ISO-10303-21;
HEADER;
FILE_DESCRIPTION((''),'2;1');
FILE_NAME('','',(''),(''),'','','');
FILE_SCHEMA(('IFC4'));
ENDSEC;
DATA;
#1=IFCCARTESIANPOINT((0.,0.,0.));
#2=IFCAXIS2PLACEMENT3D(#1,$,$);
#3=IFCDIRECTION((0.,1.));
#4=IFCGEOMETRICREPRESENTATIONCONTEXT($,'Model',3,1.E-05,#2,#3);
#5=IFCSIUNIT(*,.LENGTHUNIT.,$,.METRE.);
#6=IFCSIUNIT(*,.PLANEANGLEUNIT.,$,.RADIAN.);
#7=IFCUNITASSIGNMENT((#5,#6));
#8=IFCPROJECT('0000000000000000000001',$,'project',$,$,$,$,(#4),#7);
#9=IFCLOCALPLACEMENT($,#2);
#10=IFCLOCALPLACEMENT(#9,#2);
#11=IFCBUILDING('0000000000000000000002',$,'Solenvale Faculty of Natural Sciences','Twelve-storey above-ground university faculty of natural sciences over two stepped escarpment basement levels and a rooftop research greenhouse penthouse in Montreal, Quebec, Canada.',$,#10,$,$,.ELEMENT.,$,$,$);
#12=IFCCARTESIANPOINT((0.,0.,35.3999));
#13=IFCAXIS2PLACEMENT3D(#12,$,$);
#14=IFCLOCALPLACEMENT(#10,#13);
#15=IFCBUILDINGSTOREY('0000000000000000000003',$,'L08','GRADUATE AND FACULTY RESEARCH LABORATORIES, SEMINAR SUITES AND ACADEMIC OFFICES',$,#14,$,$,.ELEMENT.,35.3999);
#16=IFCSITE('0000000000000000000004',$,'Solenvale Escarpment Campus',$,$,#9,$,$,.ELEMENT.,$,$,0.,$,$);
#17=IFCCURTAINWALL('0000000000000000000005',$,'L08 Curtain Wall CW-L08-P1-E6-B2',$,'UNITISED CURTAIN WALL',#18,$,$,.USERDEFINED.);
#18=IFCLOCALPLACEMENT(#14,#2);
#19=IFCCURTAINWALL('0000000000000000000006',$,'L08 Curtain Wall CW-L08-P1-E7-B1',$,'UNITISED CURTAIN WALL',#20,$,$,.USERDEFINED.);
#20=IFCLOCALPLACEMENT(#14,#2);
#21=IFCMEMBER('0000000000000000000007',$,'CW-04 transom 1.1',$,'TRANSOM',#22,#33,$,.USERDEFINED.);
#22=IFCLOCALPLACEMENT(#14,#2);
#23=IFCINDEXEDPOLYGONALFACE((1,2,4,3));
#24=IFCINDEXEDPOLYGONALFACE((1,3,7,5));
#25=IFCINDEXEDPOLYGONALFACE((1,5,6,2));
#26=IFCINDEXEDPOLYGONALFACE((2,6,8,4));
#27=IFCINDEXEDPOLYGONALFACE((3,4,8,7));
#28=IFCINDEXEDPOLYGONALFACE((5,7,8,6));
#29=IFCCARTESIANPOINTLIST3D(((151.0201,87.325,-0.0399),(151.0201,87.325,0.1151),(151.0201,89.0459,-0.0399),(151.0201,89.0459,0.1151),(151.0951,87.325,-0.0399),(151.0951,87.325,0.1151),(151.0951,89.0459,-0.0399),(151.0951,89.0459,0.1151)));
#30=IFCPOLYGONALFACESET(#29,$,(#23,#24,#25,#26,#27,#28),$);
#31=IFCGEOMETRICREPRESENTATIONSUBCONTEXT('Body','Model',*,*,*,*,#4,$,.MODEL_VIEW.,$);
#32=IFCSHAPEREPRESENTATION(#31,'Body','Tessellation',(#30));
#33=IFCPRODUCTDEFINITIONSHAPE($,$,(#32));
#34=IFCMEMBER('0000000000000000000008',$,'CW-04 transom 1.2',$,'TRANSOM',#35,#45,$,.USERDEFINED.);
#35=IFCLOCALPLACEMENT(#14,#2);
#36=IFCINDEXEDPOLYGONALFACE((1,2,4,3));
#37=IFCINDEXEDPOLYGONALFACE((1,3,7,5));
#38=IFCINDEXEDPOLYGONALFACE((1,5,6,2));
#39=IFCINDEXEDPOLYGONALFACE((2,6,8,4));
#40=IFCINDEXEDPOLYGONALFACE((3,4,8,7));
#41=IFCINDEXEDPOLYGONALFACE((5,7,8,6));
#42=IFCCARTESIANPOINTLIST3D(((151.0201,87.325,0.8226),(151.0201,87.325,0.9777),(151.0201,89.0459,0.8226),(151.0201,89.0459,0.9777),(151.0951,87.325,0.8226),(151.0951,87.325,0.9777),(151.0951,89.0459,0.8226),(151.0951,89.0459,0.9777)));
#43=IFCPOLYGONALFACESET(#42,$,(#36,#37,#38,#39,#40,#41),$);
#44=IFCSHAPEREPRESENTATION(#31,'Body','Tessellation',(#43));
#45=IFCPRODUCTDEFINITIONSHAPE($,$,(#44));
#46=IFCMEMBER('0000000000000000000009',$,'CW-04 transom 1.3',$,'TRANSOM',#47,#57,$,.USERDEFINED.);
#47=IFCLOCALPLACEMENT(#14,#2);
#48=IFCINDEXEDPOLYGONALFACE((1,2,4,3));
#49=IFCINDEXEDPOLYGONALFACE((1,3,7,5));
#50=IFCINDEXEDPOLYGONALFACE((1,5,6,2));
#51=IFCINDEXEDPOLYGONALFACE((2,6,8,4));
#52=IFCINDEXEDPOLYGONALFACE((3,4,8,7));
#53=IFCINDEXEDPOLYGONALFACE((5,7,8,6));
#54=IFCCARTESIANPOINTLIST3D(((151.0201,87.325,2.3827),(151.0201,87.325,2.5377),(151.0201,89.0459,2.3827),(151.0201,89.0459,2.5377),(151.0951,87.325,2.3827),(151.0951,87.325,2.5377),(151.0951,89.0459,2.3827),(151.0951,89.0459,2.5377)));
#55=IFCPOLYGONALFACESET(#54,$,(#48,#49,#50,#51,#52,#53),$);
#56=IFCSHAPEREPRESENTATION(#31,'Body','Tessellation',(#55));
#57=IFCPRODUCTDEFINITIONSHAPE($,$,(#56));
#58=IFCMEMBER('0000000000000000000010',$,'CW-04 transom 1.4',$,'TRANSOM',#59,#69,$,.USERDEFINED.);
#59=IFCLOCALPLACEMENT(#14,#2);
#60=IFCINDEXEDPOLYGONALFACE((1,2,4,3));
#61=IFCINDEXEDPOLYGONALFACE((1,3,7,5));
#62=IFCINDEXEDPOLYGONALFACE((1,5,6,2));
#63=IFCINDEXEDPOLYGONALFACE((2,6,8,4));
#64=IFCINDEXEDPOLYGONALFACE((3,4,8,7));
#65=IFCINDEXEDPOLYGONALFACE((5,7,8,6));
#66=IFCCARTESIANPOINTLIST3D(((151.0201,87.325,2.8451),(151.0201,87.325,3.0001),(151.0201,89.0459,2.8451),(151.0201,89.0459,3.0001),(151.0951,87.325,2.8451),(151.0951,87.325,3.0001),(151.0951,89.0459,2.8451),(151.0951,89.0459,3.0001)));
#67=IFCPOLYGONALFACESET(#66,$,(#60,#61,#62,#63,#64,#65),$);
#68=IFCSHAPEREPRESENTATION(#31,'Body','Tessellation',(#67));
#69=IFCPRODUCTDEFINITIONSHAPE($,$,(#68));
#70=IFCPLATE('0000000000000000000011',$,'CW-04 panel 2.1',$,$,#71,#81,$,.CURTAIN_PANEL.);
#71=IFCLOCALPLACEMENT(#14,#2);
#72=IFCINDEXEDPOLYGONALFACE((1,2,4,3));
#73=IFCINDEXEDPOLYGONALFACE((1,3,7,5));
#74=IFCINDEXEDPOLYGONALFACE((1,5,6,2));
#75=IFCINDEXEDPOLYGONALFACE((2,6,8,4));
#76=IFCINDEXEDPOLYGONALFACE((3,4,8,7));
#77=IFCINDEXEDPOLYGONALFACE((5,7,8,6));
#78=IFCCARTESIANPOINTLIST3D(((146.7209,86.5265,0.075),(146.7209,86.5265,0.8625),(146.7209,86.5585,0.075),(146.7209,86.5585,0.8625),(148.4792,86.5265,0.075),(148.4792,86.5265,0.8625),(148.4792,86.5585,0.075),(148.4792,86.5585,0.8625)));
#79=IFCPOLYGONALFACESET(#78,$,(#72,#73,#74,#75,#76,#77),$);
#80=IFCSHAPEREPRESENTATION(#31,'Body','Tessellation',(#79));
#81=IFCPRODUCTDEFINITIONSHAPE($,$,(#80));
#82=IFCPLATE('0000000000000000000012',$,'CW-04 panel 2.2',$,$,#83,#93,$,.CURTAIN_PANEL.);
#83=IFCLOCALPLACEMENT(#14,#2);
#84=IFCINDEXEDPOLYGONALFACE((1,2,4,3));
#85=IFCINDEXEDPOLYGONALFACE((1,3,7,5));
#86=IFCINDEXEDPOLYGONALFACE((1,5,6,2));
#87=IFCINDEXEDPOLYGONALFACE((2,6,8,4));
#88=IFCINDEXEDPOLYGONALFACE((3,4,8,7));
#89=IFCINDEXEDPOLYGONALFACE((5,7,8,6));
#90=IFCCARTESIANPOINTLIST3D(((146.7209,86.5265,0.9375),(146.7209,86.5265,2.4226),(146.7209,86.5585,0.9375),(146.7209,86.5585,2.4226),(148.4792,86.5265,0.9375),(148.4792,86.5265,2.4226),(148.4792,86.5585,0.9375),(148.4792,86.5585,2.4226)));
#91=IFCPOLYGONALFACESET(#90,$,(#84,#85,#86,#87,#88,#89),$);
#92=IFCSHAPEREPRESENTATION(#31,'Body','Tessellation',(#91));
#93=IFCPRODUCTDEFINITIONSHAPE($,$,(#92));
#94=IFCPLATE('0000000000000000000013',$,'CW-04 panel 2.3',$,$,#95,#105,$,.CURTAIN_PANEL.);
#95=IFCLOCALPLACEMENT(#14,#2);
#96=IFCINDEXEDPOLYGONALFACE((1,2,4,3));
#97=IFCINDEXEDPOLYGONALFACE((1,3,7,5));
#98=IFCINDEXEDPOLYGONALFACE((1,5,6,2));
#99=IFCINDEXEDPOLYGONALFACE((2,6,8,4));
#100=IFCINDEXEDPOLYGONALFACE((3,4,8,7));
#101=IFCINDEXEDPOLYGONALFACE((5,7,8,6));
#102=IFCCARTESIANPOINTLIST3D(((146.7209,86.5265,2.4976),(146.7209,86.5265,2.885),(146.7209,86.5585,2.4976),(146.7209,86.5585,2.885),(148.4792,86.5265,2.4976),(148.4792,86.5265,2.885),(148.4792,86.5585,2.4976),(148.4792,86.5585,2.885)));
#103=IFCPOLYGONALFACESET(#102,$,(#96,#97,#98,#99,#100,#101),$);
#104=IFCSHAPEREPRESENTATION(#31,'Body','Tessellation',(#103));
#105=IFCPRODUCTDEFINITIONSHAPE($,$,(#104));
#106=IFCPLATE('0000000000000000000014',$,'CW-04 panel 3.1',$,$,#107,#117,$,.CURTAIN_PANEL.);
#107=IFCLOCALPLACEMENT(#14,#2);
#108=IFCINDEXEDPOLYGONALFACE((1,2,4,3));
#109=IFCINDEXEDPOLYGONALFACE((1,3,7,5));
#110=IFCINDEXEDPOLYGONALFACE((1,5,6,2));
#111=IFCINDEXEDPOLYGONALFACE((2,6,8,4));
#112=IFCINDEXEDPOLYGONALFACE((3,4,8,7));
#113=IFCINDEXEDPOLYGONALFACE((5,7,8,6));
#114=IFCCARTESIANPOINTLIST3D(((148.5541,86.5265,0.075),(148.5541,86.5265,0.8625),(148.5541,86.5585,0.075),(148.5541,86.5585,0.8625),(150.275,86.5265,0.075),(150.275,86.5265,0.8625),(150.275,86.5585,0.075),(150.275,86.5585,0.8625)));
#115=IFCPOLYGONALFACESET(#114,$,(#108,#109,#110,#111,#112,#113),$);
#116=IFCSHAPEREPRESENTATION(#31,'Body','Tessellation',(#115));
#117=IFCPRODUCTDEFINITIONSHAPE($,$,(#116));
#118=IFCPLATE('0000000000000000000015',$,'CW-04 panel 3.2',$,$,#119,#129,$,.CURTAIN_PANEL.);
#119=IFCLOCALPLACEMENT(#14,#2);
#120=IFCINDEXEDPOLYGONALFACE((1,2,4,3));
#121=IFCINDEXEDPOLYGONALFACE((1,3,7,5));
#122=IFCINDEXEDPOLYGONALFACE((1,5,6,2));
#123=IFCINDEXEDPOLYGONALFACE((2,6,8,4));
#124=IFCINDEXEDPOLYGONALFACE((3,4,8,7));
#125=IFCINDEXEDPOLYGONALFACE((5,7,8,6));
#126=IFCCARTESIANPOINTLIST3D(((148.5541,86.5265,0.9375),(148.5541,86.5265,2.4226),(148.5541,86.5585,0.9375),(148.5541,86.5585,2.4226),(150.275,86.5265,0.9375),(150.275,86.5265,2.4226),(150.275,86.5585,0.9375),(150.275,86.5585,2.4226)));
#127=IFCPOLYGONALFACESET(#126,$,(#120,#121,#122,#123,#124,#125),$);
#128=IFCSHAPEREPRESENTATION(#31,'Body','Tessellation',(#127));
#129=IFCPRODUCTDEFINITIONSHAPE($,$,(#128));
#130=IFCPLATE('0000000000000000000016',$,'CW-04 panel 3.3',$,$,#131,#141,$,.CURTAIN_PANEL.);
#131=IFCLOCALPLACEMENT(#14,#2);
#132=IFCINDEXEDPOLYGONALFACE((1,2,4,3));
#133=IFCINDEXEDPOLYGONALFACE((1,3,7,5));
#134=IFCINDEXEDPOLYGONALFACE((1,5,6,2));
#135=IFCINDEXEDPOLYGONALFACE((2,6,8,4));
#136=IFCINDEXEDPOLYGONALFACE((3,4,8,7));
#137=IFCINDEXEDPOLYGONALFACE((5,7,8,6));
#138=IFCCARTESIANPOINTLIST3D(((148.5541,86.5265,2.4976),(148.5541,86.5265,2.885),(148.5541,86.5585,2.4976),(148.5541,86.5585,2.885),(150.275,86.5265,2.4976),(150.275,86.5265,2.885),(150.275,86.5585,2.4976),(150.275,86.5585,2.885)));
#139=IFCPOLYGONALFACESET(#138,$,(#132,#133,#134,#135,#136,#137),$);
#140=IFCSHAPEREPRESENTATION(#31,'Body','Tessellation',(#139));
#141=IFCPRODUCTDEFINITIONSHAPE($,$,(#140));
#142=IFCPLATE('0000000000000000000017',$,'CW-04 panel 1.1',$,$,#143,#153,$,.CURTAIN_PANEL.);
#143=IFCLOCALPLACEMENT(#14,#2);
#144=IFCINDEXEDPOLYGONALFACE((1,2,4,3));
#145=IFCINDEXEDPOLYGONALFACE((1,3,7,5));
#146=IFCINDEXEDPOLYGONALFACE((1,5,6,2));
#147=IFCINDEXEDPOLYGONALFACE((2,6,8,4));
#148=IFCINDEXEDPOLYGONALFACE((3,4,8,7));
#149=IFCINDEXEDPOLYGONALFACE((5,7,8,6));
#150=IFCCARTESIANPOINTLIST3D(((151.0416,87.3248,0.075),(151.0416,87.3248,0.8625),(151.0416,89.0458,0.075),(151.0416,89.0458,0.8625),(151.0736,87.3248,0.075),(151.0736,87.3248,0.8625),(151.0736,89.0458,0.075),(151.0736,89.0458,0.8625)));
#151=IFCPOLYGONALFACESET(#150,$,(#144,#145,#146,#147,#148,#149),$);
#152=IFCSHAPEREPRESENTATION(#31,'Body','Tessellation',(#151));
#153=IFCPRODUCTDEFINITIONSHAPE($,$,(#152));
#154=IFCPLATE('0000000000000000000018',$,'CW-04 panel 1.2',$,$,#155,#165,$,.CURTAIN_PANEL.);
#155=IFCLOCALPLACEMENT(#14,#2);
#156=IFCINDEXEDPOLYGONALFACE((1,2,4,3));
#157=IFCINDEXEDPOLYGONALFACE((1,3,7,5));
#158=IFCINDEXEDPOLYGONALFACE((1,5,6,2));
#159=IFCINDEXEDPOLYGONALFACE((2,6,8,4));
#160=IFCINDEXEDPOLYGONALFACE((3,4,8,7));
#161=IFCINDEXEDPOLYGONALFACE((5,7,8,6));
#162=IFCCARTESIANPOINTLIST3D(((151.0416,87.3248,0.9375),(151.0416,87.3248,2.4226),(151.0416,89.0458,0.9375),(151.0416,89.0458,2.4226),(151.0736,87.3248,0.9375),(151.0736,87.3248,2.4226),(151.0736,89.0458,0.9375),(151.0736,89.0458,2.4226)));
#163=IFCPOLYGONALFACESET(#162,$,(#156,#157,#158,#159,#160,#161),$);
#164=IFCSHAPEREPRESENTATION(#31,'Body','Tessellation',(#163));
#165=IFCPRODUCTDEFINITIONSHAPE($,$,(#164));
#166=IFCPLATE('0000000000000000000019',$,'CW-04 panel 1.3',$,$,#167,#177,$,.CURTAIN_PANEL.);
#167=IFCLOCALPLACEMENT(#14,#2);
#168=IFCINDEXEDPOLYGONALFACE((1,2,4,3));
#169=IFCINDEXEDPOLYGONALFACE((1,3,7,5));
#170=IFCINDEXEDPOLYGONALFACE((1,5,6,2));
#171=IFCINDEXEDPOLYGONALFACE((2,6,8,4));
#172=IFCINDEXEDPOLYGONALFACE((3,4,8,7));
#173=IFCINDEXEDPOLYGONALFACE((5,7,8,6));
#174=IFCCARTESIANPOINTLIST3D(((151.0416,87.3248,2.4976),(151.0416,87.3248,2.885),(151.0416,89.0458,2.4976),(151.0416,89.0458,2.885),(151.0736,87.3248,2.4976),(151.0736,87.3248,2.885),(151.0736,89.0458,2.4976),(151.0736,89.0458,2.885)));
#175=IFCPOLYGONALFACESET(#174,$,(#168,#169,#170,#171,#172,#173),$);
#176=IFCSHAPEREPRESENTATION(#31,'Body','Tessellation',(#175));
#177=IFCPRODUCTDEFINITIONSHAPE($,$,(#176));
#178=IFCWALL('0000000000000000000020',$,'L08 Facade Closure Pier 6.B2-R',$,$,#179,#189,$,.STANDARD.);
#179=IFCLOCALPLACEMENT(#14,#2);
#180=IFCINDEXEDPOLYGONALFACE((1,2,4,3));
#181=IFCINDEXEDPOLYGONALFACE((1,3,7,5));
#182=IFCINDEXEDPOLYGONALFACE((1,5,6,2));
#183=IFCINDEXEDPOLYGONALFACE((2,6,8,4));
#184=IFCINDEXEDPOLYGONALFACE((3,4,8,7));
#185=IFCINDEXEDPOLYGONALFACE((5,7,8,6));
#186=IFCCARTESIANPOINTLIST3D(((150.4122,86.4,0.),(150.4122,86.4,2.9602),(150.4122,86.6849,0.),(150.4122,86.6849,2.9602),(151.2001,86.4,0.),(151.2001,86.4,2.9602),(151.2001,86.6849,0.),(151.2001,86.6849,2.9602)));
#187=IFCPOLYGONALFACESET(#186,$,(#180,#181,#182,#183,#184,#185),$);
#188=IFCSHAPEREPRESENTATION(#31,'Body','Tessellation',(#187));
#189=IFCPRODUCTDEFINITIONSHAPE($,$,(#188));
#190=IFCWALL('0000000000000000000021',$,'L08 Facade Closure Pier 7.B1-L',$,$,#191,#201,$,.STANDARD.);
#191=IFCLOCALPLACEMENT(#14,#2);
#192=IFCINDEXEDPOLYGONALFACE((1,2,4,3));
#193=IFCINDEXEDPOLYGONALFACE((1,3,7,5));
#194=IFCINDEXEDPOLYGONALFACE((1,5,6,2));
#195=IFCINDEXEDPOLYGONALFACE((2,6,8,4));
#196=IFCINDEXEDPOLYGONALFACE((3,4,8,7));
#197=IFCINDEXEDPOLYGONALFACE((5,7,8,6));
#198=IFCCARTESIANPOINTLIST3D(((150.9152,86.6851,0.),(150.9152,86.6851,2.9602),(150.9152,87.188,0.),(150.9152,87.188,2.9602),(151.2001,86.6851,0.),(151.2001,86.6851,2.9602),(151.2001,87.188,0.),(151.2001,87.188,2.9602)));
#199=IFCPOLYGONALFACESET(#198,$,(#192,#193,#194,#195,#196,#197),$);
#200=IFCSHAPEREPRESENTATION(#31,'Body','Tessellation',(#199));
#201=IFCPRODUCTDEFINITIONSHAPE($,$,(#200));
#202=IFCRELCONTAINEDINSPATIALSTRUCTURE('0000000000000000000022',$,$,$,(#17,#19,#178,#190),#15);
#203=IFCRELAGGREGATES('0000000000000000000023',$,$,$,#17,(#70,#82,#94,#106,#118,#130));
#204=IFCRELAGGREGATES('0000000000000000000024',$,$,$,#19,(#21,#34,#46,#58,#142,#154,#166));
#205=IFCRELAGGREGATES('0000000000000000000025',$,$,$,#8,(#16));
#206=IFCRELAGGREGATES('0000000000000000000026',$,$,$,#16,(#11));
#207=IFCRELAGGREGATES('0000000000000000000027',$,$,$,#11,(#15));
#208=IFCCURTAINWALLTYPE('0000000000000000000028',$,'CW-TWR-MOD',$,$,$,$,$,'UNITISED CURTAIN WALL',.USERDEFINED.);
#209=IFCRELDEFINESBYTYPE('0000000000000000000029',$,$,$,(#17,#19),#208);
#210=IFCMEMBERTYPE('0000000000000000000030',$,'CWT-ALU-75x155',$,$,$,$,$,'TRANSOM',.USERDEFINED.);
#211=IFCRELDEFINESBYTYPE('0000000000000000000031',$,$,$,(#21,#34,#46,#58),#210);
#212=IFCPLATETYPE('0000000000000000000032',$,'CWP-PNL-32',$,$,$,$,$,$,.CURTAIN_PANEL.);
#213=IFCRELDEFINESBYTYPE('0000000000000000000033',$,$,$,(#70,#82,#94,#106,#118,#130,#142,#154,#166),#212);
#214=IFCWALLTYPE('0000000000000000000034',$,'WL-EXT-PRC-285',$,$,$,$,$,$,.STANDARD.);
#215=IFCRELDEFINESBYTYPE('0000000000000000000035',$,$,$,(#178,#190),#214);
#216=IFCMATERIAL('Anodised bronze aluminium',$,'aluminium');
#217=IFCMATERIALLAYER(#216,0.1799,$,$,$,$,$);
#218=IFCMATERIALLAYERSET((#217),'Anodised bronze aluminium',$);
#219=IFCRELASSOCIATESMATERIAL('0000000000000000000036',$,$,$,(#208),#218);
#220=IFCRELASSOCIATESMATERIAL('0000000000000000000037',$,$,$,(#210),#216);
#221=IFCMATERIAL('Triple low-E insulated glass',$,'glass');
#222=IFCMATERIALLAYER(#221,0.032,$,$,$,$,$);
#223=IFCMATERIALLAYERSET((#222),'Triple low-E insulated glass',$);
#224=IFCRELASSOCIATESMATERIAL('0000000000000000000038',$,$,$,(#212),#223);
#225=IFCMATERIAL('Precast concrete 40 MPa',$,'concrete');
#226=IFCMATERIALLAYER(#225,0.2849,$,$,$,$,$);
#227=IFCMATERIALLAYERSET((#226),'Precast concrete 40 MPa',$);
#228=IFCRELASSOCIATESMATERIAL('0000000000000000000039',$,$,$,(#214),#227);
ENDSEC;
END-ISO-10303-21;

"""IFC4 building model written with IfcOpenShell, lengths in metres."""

from ifc_helpers import new_model, si_unit, direction, frame, frame_2d, origin, origin_2d, place, context, subcontext, project, spatial, rectangle, extrude, material, layer, layer_set, material_profile, profile_set, type_object, element, aggregate, save


model = new_model("IFC4")

# Units and contexts
model_context = context("Model", 3, precision=1e-05, world=origin(), true_north=direction((0.0, 1.0)))
body_context = subcontext(model_context, "Body", "Model", "MODEL_VIEW")
ifc_project = project(units=[si_unit("LENGTHUNIT", "METRE"), si_unit("PLANEANGLEUNIT", "RADIAN")], contexts=[model_context])

# Site, building, storey
site_placement = place(None, origin())
site = spatial("IfcSite", under=ifc_project, at=site_placement, Name="Solenvale Escarpment Campus", CompositionType="ELEMENT", RefElevation=0.0)
building_placement = place(site_placement, origin())
building = spatial("IfcBuilding", under=site, at=building_placement, Name="Solenvale Faculty of Natural Sciences", Description="Twelve-storey above-ground university faculty of natural sciences over two stepped escarpment basement levels and a rooftop research greenhouse penthouse in Montreal, Quebec, Canada.", CompositionType="ELEMENT")
storey_placement = place(building_placement, frame((0.0, 0.0, 35.3999)))
storey = spatial("IfcBuildingStorey", under=building, at=storey_placement, Name="L08", Description="GRADUATE AND FACULTY RESEARCH LABORATORIES, SEMINAR SUITES AND ACADEMIC OFFICES", CompositionType="ELEMENT", Elevation=35.3999)

# Curtain walls
ifc_material_1 = material(Name="Anodised bronze aluminium", Category="aluminium")
ifc_layer_1 = layer(ifc_material_1, 0.1799)
ifc_layer_set_1 = layer_set([ifc_layer_1], Name="Anodised bronze aluminium")
curtain_wall_type = type_object("IfcCurtainWallType", Name="CW-TWR-MOD", ElementType="UNITISED CURTAIN WALL", PredefinedType="USERDEFINED", material=ifc_layer_set_1)
curtain_wall_1_placement = place(storey_placement, origin())
curtain_wall_1 = element("IfcCurtainWall", 1, at=curtain_wall_1_placement, inside=storey, type_object=curtain_wall_type, Name="L08 Curtain Wall CW-L08-P1-E6-B2", ObjectType="UNITISED CURTAIN WALL", PredefinedType="USERDEFINED")
curtain_wall_2_placement = place(storey_placement, origin())
curtain_wall_2 = element("IfcCurtainWall", 2, at=curtain_wall_2_placement, inside=storey, type_object=curtain_wall_type, Name="L08 Curtain Wall CW-L08-P1-E7-B1", ObjectType="UNITISED CURTAIN WALL", PredefinedType="USERDEFINED")

# Members
ifc_material_profile_1 = material_profile(ifc_material_1, rectangle(XDim=0.075, YDim=0.155, at=origin_2d()), Name="ALU-TRN-75x155")
ifc_profile_set_1 = profile_set([ifc_material_profile_1], Name="Anodised bronze aluminium")
member_type_1 = type_object("IfcMemberType", Name="CWT-ALU-75x155", ElementType="TRANSOM", PredefinedType="USERDEFINED", material=ifc_profile_set_1)
member_1_placement = place(storey_placement, frame((151.0576, 87.325, 0.0376), z_axis=(0.0, 1.0, 0.0), x_axis=(-1.0, 0.0, 0.0)))
member_1 = element("IfcMember", 3, at=member_1_placement, type_object=member_type_1, Name="CW-04 transom 1.1", ObjectType="TRANSOM", PredefinedType="USERDEFINED", context=body_context, shape_type="SweptSolid", body=[
    extrude(rectangle(XDim=0.075, YDim=0.155, at=origin_2d()), origin(), (0.0, 0.0, 1.0), 1.7209),
])
member_2_placement = place(storey_placement, frame((151.0576, 87.325, 0.9001), z_axis=(0.0, 1.0, 0.0), x_axis=(-1.0, 0.0, 0.0)))
member_2 = element("IfcMember", 4, at=member_2_placement, type_object=member_type_1, Name="CW-04 transom 1.2", ObjectType="TRANSOM", PredefinedType="USERDEFINED", context=body_context, shape_type="SweptSolid", body=[
    extrude(rectangle(XDim=0.075, YDim=0.155, at=origin_2d()), origin(), (0.0, 0.0, 1.0), 1.7209),
])
member_3_placement = place(storey_placement, frame((151.0576, 87.325, 2.4602), z_axis=(0.0, 1.0, 0.0), x_axis=(-1.0, 0.0, 0.0)))
member_3 = element("IfcMember", 5, at=member_3_placement, type_object=member_type_1, Name="CW-04 transom 1.3", ObjectType="TRANSOM", PredefinedType="USERDEFINED", context=body_context, shape_type="SweptSolid", body=[
    extrude(rectangle(XDim=0.075, YDim=0.155, at=origin_2d()), origin(), (0.0, 0.0, 1.0), 1.7209),
])
member_4_placement = place(storey_placement, frame((151.0576, 87.325, 2.9226), z_axis=(0.0, 1.0, 0.0), x_axis=(-1.0, 0.0, 0.0)))
member_4 = element("IfcMember", 6, at=member_4_placement, type_object=member_type_1, Name="CW-04 transom 1.4", ObjectType="TRANSOM", PredefinedType="USERDEFINED", context=body_context, shape_type="SweptSolid", body=[
    extrude(rectangle(XDim=0.075, YDim=0.155, at=origin_2d()), origin(), (0.0, 0.0, 1.0), 1.7209),
])

# Plates
ifc_material_2 = material(Name="Triple low-E insulated glass", Category="glass")
ifc_layer_2 = layer(ifc_material_2, 0.032)
ifc_layer_set_2 = layer_set([ifc_layer_2], Name="Triple low-E insulated glass")
plate_type = type_object("IfcPlateType", Name="CWP-PNL-32", PredefinedType="CURTAIN_PANEL", material=ifc_layer_set_2)
plate_1_placement = place(storey_placement, frame((147.6001, 86.5425, 0.075), z_axis=(0.0, 0.0, 1.0), x_axis=(1.0, 0.0, 0.0)))
plate_1 = element("IfcPlate", 7, at=plate_1_placement, type_object=plate_type, Name="CW-04 panel 2.1", PredefinedType="CURTAIN_PANEL", context=body_context, shape_type="SweptSolid", body=[
    extrude(rectangle(XDim=1.7583, YDim=0.032, at=origin_2d()), origin(), (0.0, 0.0, 1.0), 0.7876),
])
plate_2_placement = place(storey_placement, frame((147.6001, 86.5425, 0.9375), z_axis=(0.0, 0.0, 1.0), x_axis=(1.0, 0.0, 0.0)))
plate_2 = element("IfcPlate", 8, at=plate_2_placement, type_object=plate_type, Name="CW-04 panel 2.2", PredefinedType="CURTAIN_PANEL", context=body_context, shape_type="SweptSolid", body=[
    extrude(rectangle(XDim=1.7583, YDim=0.032, at=origin_2d()), origin(), (0.0, 0.0, 1.0), 1.4851),
])
plate_3_placement = place(storey_placement, frame((147.6001, 86.5425, 2.4976), z_axis=(0.0, 0.0, 1.0), x_axis=(1.0, 0.0, 0.0)))
plate_3 = element("IfcPlate", 9, at=plate_3_placement, type_object=plate_type, Name="CW-04 panel 2.3", PredefinedType="CURTAIN_PANEL", context=body_context, shape_type="SweptSolid", body=[
    extrude(rectangle(XDim=1.7583, YDim=0.032, at=origin_2d()), origin(), (0.0, 0.0, 1.0), 0.3875),
])
plate_4_placement = place(storey_placement, frame((149.4146, 86.5425, 0.075), z_axis=(0.0, 0.0, 1.0), x_axis=(1.0, 0.0, 0.0)))
plate_4 = element("IfcPlate", 10, at=plate_4_placement, type_object=plate_type, Name="CW-04 panel 3.1", PredefinedType="CURTAIN_PANEL", context=body_context, shape_type="SweptSolid", body=[
    extrude(rectangle(XDim=1.7209, YDim=0.032, at=origin_2d()), origin(), (0.0, 0.0, 1.0), 0.7876),
])
plate_5_placement = place(storey_placement, frame((149.4146, 86.5425, 0.9375), z_axis=(0.0, 0.0, 1.0), x_axis=(1.0, 0.0, 0.0)))
plate_5 = element("IfcPlate", 11, at=plate_5_placement, type_object=plate_type, Name="CW-04 panel 3.2", PredefinedType="CURTAIN_PANEL", context=body_context, shape_type="SweptSolid", body=[
    extrude(rectangle(XDim=1.7209, YDim=0.032, at=origin_2d()), origin(), (0.0, 0.0, 1.0), 1.4851),
])
plate_6_placement = place(storey_placement, frame((149.4146, 86.5425, 2.4976), z_axis=(0.0, 0.0, 1.0), x_axis=(1.0, 0.0, 0.0)))
plate_6 = element("IfcPlate", 12, at=plate_6_placement, type_object=plate_type, Name="CW-04 panel 3.3", PredefinedType="CURTAIN_PANEL", context=body_context, shape_type="SweptSolid", body=[
    extrude(rectangle(XDim=1.7209, YDim=0.032, at=origin_2d()), origin(), (0.0, 0.0, 1.0), 0.3875),
])
aggregate(curtain_wall_1, [plate_1, plate_2, plate_3, plate_4, plate_5, plate_6])
plate_7_placement = place(storey_placement, frame((151.0576, 88.1853, 0.075), z_axis=(0.0, 0.0, 1.0), x_axis=(0.0, 1.0, 0.0)))
plate_7 = element("IfcPlate", 13, at=plate_7_placement, type_object=plate_type, Name="CW-04 panel 1.1", PredefinedType="CURTAIN_PANEL", context=body_context, shape_type="SweptSolid", body=[
    extrude(rectangle(XDim=1.7209, YDim=0.032, at=origin_2d()), origin(), (0.0, 0.0, 1.0), 0.7876),
])
plate_8_placement = place(storey_placement, frame((151.0576, 88.1853, 0.9375), z_axis=(0.0, 0.0, 1.0), x_axis=(0.0, 1.0, 0.0)))
plate_8 = element("IfcPlate", 14, at=plate_8_placement, type_object=plate_type, Name="CW-04 panel 1.2", PredefinedType="CURTAIN_PANEL", context=body_context, shape_type="SweptSolid", body=[
    extrude(rectangle(XDim=1.7209, YDim=0.032, at=origin_2d()), origin(), (0.0, 0.0, 1.0), 1.4851),
])
plate_9_placement = place(storey_placement, frame((151.0576, 88.1853, 2.4976), z_axis=(0.0, 0.0, 1.0), x_axis=(0.0, 1.0, 0.0)))
plate_9 = element("IfcPlate", 15, at=plate_9_placement, type_object=plate_type, Name="CW-04 panel 1.3", PredefinedType="CURTAIN_PANEL", context=body_context, shape_type="SweptSolid", body=[
    extrude(rectangle(XDim=1.7209, YDim=0.032, at=origin_2d()), origin(), (0.0, 0.0, 1.0), 0.3875),
])
aggregate(curtain_wall_2, [member_1, member_2, member_3, member_4, plate_7, plate_8, plate_9])

# Walls
ifc_material_3 = material(Name="Precast concrete 40 MPa", Category="concrete")
ifc_layer_3 = layer(ifc_material_3, 0.2849)
ifc_layer_set_3 = layer_set([ifc_layer_3], Name="Precast concrete 40 MPa")
wall_type_1 = type_object("IfcWallType", Name="WL-EXT-PRC-285", PredefinedType="STANDARD", material=ifc_layer_set_3)
wall_1_placement = place(storey_placement, frame((150.4121, 86.5425, 0.0), z_axis=(0.0, 0.0, 1.0), x_axis=(1.0, 0.0, 0.0)))
element("IfcWall", 16, at=wall_1_placement, inside=storey, type_object=wall_type_1, Name="L08 Facade Closure Pier 6.B2-R", PredefinedType="STANDARD", context=body_context, shape_type="SweptSolid", body=[
    extrude(rectangle(XDim=0.7878, YDim=0.2849, at=frame_2d((0.394, 0.0))), origin(), (0.0, 0.0, 1.0), 2.9602),
])
wall_2_placement = place(storey_placement, frame((151.0576, 86.6851, 0.0), z_axis=(0.0, 0.0, 1.0), x_axis=(0.0, 1.0, 0.0)))
element("IfcWall", 17, at=wall_2_placement, inside=storey, type_object=wall_type_1, Name="L08 Facade Closure Pier 7.B1-L", PredefinedType="STANDARD", context=body_context, shape_type="SweptSolid", body=[
    extrude(rectangle(XDim=0.5029, YDim=0.2849, at=frame_2d((0.2515, 0.0))), origin(), (0.0, 0.0, 1.0), 2.9602),
])

save(model, "model.ifc")
